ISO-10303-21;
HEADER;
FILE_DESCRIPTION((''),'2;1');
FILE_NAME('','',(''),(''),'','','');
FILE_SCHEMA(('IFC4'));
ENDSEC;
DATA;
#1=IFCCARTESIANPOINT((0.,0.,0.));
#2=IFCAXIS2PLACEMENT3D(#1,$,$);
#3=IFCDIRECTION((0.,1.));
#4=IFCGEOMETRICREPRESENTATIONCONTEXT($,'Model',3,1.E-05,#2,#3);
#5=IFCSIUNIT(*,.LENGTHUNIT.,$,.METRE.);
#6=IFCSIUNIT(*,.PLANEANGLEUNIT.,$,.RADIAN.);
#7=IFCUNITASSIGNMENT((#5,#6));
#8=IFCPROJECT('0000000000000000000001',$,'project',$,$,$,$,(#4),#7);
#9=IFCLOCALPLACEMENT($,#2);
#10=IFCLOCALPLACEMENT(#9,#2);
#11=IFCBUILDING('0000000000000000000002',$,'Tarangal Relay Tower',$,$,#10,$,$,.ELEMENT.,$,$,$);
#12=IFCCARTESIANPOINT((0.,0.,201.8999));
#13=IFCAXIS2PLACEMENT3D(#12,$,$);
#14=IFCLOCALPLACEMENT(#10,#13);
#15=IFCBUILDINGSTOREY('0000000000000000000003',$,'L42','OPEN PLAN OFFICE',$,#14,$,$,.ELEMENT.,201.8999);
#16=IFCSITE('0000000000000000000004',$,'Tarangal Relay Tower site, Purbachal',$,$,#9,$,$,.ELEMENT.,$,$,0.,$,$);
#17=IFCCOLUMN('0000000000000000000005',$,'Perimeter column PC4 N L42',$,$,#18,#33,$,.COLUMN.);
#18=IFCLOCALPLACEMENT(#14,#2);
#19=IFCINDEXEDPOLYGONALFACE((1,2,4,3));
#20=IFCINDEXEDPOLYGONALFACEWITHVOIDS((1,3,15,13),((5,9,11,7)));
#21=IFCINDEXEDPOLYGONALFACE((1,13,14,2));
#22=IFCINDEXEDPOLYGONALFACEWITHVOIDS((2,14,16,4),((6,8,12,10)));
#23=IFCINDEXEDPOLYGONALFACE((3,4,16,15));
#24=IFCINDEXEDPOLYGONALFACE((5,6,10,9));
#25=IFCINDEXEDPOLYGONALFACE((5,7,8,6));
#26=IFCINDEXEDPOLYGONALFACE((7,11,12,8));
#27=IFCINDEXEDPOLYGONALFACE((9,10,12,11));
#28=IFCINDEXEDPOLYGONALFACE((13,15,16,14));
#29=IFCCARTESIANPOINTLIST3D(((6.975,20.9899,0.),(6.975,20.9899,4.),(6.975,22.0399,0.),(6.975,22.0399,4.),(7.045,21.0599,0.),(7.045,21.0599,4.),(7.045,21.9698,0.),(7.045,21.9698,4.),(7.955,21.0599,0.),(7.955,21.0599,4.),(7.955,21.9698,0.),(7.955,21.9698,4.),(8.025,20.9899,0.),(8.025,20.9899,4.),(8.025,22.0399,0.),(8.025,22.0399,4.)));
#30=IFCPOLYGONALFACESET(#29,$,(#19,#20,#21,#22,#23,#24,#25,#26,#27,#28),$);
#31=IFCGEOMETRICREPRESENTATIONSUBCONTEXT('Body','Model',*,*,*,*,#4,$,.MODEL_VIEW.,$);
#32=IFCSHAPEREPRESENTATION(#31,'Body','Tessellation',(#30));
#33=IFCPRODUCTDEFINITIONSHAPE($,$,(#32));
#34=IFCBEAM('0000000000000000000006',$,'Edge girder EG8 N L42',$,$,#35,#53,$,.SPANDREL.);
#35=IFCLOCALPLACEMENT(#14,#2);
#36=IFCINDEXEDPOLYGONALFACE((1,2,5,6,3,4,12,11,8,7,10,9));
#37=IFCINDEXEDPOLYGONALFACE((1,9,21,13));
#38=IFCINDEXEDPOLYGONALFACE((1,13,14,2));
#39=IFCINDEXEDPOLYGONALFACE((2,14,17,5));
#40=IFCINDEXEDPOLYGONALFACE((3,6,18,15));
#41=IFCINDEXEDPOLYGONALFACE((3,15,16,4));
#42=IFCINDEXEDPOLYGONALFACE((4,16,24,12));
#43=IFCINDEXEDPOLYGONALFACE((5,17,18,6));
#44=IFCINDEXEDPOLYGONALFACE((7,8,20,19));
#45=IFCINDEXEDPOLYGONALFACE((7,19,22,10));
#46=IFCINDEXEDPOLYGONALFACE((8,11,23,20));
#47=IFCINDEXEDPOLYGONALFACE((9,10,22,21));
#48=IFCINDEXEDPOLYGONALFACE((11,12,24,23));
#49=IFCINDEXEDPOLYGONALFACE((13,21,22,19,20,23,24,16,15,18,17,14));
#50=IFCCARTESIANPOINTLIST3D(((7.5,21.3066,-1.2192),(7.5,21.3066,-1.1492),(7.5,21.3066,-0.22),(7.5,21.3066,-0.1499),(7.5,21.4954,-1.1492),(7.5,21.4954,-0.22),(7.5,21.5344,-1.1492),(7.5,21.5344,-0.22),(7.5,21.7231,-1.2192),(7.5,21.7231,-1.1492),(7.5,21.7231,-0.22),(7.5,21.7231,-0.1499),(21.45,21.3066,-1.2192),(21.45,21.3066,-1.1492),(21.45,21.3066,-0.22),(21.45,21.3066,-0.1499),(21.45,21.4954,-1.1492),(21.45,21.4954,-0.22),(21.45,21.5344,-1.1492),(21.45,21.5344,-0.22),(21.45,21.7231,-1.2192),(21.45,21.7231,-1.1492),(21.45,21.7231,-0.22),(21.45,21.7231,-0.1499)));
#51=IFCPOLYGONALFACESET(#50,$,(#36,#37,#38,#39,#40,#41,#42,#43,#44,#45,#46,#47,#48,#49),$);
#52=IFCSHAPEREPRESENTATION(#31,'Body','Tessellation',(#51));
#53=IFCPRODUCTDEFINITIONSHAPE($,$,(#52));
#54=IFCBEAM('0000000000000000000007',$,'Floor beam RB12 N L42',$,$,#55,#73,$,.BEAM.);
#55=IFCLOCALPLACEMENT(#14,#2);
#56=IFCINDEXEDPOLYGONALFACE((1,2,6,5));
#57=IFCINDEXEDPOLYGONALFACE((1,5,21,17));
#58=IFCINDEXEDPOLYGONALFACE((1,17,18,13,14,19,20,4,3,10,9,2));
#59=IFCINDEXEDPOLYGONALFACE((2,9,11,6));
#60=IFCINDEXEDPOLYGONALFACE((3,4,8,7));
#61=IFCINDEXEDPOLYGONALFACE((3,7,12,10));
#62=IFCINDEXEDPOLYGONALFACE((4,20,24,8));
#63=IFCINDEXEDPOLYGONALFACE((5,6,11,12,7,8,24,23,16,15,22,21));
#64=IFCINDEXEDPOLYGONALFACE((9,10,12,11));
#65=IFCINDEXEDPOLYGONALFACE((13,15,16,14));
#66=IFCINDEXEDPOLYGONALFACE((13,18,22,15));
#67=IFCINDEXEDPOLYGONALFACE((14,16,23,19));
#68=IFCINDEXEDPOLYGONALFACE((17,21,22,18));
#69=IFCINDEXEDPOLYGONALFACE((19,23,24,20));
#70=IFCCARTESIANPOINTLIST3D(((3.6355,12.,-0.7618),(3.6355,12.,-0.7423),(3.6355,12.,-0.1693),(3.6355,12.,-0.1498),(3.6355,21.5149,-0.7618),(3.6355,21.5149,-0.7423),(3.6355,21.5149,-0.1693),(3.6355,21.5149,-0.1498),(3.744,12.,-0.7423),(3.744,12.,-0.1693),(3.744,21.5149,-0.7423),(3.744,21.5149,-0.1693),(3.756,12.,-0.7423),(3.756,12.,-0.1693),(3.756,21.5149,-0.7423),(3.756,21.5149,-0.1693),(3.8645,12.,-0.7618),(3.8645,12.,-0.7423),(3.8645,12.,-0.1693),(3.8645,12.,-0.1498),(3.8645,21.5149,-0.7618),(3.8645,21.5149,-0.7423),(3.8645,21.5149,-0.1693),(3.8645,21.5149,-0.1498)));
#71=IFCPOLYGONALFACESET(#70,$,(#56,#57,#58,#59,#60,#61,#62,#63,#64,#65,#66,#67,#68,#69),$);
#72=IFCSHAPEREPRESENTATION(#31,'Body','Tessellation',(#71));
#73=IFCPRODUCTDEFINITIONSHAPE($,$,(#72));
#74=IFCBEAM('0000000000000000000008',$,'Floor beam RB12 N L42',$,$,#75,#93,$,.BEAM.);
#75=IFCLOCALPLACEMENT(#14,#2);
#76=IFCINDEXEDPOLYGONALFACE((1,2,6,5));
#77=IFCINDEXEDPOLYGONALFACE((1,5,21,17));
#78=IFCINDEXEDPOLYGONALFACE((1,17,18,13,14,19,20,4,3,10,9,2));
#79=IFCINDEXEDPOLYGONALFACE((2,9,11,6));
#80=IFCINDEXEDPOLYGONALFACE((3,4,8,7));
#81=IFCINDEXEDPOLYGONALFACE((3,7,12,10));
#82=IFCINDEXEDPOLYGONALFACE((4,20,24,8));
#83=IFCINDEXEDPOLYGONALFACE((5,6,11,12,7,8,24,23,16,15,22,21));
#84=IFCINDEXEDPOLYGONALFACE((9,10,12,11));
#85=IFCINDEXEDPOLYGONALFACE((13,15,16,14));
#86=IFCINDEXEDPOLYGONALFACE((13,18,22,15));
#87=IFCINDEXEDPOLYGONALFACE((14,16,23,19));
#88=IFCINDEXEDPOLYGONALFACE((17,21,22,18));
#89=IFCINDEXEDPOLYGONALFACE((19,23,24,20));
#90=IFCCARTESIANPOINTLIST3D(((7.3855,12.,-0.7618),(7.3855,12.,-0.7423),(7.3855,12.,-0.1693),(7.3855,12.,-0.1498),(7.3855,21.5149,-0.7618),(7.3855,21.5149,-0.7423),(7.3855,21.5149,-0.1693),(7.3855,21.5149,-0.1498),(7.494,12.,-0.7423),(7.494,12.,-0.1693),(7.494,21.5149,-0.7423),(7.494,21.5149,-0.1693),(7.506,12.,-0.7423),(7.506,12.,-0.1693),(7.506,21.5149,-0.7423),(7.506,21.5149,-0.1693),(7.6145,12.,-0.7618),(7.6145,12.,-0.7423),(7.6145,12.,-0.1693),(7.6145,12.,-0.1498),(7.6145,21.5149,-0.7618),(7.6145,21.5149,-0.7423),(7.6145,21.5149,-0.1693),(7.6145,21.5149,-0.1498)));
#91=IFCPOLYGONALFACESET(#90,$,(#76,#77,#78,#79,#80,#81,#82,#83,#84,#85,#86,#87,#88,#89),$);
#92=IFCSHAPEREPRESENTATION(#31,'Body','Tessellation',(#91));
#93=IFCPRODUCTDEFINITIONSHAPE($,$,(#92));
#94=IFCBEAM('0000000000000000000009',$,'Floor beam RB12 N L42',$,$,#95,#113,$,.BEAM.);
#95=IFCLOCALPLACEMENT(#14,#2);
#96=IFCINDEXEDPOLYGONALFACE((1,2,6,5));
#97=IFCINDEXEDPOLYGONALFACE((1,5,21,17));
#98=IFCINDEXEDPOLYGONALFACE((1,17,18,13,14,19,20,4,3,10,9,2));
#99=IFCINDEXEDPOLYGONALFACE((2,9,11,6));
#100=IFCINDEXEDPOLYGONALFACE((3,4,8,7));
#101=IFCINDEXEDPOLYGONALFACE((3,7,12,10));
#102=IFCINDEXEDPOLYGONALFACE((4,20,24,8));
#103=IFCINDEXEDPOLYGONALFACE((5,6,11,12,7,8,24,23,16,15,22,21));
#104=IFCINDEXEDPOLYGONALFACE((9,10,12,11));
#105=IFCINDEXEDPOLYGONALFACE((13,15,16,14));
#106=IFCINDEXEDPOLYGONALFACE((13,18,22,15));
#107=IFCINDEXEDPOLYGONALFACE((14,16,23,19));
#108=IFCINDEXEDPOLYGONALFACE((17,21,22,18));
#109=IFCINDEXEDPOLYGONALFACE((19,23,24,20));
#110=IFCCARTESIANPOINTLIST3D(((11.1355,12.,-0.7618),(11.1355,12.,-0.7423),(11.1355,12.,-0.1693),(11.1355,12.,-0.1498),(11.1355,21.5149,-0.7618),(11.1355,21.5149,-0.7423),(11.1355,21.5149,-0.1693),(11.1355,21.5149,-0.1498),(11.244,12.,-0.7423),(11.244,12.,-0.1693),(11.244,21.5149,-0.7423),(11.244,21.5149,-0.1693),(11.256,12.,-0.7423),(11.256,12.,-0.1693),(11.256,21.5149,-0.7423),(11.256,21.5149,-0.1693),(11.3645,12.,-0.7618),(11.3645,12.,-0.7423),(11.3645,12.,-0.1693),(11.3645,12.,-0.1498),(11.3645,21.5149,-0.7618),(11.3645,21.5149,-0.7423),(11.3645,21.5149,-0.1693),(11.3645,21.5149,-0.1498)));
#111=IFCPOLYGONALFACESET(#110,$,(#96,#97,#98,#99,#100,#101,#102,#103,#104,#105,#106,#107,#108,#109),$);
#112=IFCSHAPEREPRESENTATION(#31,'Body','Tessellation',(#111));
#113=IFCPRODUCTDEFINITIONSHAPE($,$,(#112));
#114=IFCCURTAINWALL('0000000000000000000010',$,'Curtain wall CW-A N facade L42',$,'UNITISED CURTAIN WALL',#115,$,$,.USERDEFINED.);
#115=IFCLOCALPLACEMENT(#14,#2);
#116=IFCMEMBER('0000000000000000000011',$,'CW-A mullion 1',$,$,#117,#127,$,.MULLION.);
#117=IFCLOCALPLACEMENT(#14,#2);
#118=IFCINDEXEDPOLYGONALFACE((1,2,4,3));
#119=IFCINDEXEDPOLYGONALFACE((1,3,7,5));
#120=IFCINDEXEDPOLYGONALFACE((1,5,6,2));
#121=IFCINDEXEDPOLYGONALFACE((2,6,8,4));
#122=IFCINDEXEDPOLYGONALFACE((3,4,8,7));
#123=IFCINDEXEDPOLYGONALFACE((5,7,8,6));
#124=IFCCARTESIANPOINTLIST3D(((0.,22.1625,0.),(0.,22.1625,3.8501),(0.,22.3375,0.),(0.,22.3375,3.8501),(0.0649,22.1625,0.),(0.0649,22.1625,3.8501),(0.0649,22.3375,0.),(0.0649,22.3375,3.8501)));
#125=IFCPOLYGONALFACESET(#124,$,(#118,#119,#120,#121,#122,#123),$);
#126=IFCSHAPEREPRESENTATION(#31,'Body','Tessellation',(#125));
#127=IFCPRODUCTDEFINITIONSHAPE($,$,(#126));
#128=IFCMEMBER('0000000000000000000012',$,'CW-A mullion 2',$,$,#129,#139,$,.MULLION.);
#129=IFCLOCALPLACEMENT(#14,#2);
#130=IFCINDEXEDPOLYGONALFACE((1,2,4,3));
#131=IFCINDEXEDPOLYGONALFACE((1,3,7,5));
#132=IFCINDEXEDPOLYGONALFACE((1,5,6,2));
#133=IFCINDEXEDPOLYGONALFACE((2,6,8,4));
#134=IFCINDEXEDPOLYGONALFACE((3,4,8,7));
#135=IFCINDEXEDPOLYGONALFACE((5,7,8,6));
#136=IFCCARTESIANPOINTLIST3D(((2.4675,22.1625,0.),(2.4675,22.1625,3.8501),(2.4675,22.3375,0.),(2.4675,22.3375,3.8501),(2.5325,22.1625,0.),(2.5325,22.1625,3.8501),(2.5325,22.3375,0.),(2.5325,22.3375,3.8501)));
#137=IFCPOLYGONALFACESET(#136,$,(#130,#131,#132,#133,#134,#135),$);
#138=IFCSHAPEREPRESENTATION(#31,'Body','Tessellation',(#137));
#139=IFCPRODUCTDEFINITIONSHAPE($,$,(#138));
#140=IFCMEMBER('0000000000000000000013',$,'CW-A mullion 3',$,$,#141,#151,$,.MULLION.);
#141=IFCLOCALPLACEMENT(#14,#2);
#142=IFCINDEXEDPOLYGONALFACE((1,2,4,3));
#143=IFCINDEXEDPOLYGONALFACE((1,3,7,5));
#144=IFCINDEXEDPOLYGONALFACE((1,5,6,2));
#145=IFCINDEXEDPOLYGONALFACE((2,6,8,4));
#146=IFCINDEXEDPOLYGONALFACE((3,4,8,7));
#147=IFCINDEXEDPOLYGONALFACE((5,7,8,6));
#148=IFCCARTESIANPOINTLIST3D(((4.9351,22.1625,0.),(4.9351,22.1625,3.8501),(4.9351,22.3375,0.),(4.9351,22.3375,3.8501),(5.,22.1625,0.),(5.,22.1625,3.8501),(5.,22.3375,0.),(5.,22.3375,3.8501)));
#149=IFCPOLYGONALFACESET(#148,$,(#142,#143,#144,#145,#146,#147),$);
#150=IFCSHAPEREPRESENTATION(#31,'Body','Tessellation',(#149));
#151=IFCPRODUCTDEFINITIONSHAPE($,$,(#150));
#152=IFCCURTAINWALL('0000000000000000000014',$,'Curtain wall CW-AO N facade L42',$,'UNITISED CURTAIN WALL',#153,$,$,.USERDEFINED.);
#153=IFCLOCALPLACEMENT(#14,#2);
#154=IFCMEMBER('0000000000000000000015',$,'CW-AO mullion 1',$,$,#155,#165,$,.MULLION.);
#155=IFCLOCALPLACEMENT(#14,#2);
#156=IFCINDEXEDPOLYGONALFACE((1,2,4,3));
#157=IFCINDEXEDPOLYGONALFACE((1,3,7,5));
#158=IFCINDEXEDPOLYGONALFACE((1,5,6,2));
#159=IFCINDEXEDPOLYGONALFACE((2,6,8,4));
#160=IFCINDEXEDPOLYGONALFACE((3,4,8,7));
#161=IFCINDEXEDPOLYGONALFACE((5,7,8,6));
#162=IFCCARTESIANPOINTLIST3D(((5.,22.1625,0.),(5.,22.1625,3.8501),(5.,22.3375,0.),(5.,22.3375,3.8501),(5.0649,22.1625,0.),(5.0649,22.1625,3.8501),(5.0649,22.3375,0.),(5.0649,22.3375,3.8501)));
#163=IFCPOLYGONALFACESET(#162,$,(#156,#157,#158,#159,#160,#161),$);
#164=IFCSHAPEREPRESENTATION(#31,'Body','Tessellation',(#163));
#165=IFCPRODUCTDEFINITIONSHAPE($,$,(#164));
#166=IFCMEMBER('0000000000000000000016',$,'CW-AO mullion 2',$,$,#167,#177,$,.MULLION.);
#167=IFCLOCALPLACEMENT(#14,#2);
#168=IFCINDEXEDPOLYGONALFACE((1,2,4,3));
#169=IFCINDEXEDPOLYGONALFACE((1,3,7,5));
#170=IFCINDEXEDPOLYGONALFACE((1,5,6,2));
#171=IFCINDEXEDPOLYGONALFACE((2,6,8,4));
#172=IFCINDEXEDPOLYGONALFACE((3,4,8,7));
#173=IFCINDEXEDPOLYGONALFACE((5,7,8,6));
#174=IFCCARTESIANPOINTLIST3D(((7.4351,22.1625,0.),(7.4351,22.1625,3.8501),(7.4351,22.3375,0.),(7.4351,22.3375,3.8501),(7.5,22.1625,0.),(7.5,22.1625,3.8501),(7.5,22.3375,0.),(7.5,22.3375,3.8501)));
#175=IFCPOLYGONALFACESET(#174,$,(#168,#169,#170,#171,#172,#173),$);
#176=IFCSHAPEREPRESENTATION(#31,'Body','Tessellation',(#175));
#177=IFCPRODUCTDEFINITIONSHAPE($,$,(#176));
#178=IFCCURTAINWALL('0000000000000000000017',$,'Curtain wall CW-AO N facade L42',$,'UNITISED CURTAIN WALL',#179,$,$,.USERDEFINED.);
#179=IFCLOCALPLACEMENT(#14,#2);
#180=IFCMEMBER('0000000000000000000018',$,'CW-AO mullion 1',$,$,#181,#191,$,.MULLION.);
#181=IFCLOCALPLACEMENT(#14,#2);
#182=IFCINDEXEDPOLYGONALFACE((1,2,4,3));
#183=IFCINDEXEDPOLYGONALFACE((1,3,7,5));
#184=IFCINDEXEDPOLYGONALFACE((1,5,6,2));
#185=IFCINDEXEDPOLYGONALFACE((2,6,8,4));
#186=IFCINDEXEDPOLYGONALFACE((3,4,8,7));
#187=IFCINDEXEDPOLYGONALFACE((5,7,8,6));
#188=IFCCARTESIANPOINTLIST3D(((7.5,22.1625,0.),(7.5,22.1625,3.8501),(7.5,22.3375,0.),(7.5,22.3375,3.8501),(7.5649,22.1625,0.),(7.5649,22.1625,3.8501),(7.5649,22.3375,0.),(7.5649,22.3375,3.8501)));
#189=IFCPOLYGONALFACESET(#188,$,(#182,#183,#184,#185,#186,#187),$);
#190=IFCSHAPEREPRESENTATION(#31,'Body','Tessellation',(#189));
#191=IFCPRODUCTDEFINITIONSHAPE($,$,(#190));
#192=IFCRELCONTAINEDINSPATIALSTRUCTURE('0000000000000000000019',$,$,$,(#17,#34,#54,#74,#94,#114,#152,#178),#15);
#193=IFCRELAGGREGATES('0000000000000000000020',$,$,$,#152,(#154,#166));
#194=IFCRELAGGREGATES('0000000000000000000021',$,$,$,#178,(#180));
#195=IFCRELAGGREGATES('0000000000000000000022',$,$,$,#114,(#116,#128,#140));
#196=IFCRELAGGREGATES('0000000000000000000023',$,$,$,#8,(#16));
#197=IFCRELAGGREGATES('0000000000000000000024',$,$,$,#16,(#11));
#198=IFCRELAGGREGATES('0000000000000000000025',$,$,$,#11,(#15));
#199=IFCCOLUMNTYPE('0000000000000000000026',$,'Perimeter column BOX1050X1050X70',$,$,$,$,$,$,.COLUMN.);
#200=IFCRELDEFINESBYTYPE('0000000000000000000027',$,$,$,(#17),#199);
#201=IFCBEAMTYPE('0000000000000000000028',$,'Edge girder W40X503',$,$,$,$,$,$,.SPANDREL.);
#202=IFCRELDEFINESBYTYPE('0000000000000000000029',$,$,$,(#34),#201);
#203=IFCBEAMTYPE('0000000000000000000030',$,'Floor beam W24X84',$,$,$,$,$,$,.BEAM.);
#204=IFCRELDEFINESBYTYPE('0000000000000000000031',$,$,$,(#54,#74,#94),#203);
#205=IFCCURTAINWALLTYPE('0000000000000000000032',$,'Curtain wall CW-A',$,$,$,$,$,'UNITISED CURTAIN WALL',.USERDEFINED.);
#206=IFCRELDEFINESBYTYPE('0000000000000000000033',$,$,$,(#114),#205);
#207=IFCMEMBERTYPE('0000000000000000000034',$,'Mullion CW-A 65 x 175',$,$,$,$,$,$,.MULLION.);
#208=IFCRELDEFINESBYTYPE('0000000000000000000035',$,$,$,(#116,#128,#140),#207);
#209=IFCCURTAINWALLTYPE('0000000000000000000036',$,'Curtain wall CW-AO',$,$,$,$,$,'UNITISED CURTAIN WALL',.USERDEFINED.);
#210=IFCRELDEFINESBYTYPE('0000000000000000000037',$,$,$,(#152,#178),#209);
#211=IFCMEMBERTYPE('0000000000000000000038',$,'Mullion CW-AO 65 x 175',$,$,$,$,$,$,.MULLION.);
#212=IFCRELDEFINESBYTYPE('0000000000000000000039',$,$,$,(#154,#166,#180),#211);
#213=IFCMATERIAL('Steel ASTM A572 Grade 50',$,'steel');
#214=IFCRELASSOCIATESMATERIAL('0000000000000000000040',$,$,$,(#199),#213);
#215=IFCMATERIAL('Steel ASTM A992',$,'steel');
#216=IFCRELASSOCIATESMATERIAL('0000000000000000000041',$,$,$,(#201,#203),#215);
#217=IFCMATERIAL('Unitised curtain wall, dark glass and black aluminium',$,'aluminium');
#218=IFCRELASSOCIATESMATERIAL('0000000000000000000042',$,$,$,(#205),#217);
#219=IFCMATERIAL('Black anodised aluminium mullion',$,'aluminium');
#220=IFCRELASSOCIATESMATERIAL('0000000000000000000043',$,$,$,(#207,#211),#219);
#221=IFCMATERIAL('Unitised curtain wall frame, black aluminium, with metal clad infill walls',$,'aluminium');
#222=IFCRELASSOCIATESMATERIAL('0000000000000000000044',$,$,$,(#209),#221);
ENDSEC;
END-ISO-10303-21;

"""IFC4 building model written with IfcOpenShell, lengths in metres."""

from ifc_helpers import new_model, si_unit, direction, frame, origin, origin_2d, place, context, subcontext, project, spatial, rectangle, hollow_rectangle, i_section, extrude, material, material_profile, profile_set, type_object, element, aggregate, save


model = new_model("IFC4")

# Units and contexts
model_context = context("Model", 3, precision=1e-05, world=origin(), true_north=direction((0.0, 1.0)))
body_context = subcontext(model_context, "Body", "Model", "MODEL_VIEW")
ifc_project = project(units=[si_unit("LENGTHUNIT", "METRE"), si_unit("PLANEANGLEUNIT", "RADIAN")], contexts=[model_context])

# Site, building, storey
site_placement = place(None, origin())
site = spatial("IfcSite", under=ifc_project, at=site_placement, Name="Tarangal Relay Tower site, Purbachal", CompositionType="ELEMENT", RefElevation=0.0)
building_placement = place(site_placement, origin())
building = spatial("IfcBuilding", under=site, at=building_placement, Name="Tarangal Relay Tower", CompositionType="ELEMENT")
storey_placement = place(building_placement, frame((0.0, 0.0, 201.8999)))
storey = spatial("IfcBuildingStorey", under=building, at=storey_placement, Name="L42", Description="OPEN PLAN OFFICE", CompositionType="ELEMENT", Elevation=201.8999)

# Column
ifc_material_1 = material(Name="Steel ASTM A572 Grade 50", Category="steel")
ifc_material_profile_1 = material_profile(ifc_material_1, hollow_rectangle(XDim=1.05, YDim=1.05, WallThickness=0.0701, at=origin_2d()), Name="BOX1050X1050X70")
ifc_profile_set_1 = profile_set([ifc_material_profile_1], Name="Steel ASTM A572 Grade 50")
column_type = type_object("IfcColumnType", Name="Perimeter column BOX1050X1050X70", PredefinedType="COLUMN", material=ifc_profile_set_1)
column_placement = place(storey_placement, frame((7.5, 21.5149, 0.0), z_axis=(0.0, 0.0, 1.0), x_axis=(1.0, 0.0, 0.0)))
element("IfcColumn", 1, at=column_placement, inside=storey, type_object=column_type, Name="Perimeter column PC4 N L42", PredefinedType="COLUMN", context=body_context, shape_type="SweptSolid", body=[
    extrude(hollow_rectangle(XDim=1.05, YDim=1.05, WallThickness=0.0701, at=origin_2d()), origin(), (0.0, 0.0, 1.0), 4.0),
])

# Beams
ifc_material_2 = material(Name="Steel ASTM A992", Category="steel")
ifc_material_profile_2 = material_profile(ifc_material_2, i_section(OverallWidth=0.4165, OverallDepth=1.0693, WebThickness=0.0391, FlangeThickness=0.0701, at=origin_2d()), Name="W40X503")
ifc_profile_set_2 = profile_set([ifc_material_profile_2], Name="Steel ASTM A992")
beam_type_1 = type_object("IfcBeamType", Name="Edge girder W40X503", PredefinedType="SPANDREL", material=ifc_profile_set_2)
beam_placement = place(storey_placement, frame((7.5, 21.5149, -0.6846), z_axis=(1.0, 0.0, 0.0), x_axis=(0.0, 1.0, 0.0)))
element("IfcBeam", 2, at=beam_placement, inside=storey, type_object=beam_type_1, Name="Edge girder EG8 N L42", PredefinedType="SPANDREL", context=body_context, shape_type="SweptSolid", body=[
    extrude(i_section(OverallWidth=0.4165, OverallDepth=1.0693, WebThickness=0.0391, FlangeThickness=0.0701, at=origin_2d()), origin(), (0.0, 0.0, 1.0), 13.95),
])
ifc_material_profile_3 = material_profile(ifc_material_2, i_section(OverallWidth=0.229, OverallDepth=0.6121, WebThickness=0.012, FlangeThickness=0.0195, at=origin_2d()), Name="W24X84")
ifc_profile_set_3 = profile_set([ifc_material_profile_3], Name="Steel ASTM A992")
beam_type_2 = type_object("IfcBeamType", Name="Floor beam W24X84", PredefinedType="BEAM", material=ifc_profile_set_3)
for number, where, z_axis, x_axis, name in (
    (3, (3.75, 12.0, -0.4558), (0.0, 1.0, 0.0), (-1.0, 0.0, 0.0), "Floor beam RB12 N L42"),
    (4, (7.5, 12.0, -0.4558), (0.0, 1.0, 0.0), (-1.0, 0.0, 0.0), "Floor beam RB12 N L42"),
    (5, (11.25, 12.0, -0.4558), (0.0, 1.0, 0.0), (-1.0, 0.0, 0.0), "Floor beam RB12 N L42"),
):
    element("IfcBeam", number, at=place(storey_placement, frame(where, z_axis=z_axis, x_axis=x_axis)), inside=storey, type_object=beam_type_2, Name=name, PredefinedType="BEAM", context=body_context, shape_type="SweptSolid", body=[
        extrude(i_section(OverallWidth=0.229, OverallDepth=0.6121, WebThickness=0.012, FlangeThickness=0.0195, at=origin_2d()), origin(), (0.0, 0.0, 1.0), 9.5149),
    ])

# Curtain walls, members
ifc_material_3 = material(Name="Unitised curtain wall, dark glass and black aluminium", Category="aluminium")
curtain_wall_type_1 = type_object("IfcCurtainWallType", Name="Curtain wall CW-A", ElementType="UNITISED CURTAIN WALL", PredefinedType="USERDEFINED", material=ifc_material_3)
curtain_wall_1_placement = place(storey_placement, origin())
curtain_wall_1 = element("IfcCurtainWall", 6, at=curtain_wall_1_placement, inside=storey, type_object=curtain_wall_type_1, Name="Curtain wall CW-A N facade L42", ObjectType="UNITISED CURTAIN WALL", PredefinedType="USERDEFINED")
ifc_material_4 = material(Name="Black anodised aluminium mullion", Category="aluminium")
ifc_material_profile_4 = material_profile(ifc_material_4, rectangle(XDim=0.175, YDim=0.0649, at=origin_2d()), Name="CW-AM 65X175")
ifc_profile_set_4 = profile_set([ifc_material_profile_4], Name="Black anodised aluminium mullion")
member_type_1 = type_object("IfcMemberType", Name="Mullion CW-A 65 x 175", PredefinedType="MULLION", material=ifc_profile_set_4)
member_1_placement = place(storey_placement, frame((0.0325, 22.25, 0.0), z_axis=(0.0, 0.0, 1.0), x_axis=(0.0, 1.0, 0.0)))
member_1 = element("IfcMember", 7, at=member_1_placement, type_object=member_type_1, Name="CW-A mullion 1", PredefinedType="MULLION", context=body_context, shape_type="SweptSolid", body=[
    extrude(rectangle(XDim=0.175, YDim=0.0649, at=origin_2d()), origin(), (0.0, 0.0, 1.0), 3.8501),
])
member_2_placement = place(storey_placement, frame((2.5, 22.25, 0.0), z_axis=(0.0, 0.0, 1.0), x_axis=(0.0, 1.0, 0.0)))
member_2 = element("IfcMember", 8, at=member_2_placement, type_object=member_type_1, Name="CW-A mullion 2", PredefinedType="MULLION", context=body_context, shape_type="SweptSolid", body=[
    extrude(rectangle(XDim=0.175, YDim=0.0649, at=origin_2d()), origin(), (0.0, 0.0, 1.0), 3.8501),
])
member_3_placement = place(storey_placement, frame((4.9675, 22.25, 0.0), z_axis=(0.0, 0.0, 1.0), x_axis=(0.0, 1.0, 0.0)))
member_3 = element("IfcMember", 9, at=member_3_placement, type_object=member_type_1, Name="CW-A mullion 3", PredefinedType="MULLION", context=body_context, shape_type="SweptSolid", body=[
    extrude(rectangle(XDim=0.175, YDim=0.0649, at=origin_2d()), origin(), (0.0, 0.0, 1.0), 3.8501),
])
ifc_material_5 = material(Name="Unitised curtain wall frame, black aluminium, with metal clad infill walls", Category="aluminium")
curtain_wall_type_2 = type_object("IfcCurtainWallType", Name="Curtain wall CW-AO", ElementType="UNITISED CURTAIN WALL", PredefinedType="USERDEFINED", material=ifc_material_5)
curtain_wall_2_placement = place(storey_placement, origin())
curtain_wall_2 = element("IfcCurtainWall", 10, at=curtain_wall_2_placement, inside=storey, type_object=curtain_wall_type_2, Name="Curtain wall CW-AO N facade L42", ObjectType="UNITISED CURTAIN WALL", PredefinedType="USERDEFINED")
ifc_material_profile_5 = material_profile(ifc_material_4, rectangle(XDim=0.175, YDim=0.0649, at=origin_2d()), Name="CW-AOM 65X175")
ifc_profile_set_5 = profile_set([ifc_material_profile_5], Name="Black anodised aluminium mullion")
member_type_2 = type_object("IfcMemberType", Name="Mullion CW-AO 65 x 175", PredefinedType="MULLION", material=ifc_profile_set_5)
member_4_placement = place(storey_placement, frame((5.0325, 22.25, 0.0), z_axis=(0.0, 0.0, 1.0), x_axis=(0.0, 1.0, 0.0)))
member_4 = element("IfcMember", 11, at=member_4_placement, type_object=member_type_2, Name="CW-AO mullion 1", PredefinedType="MULLION", context=body_context, shape_type="SweptSolid", body=[
    extrude(rectangle(XDim=0.175, YDim=0.0649, at=origin_2d()), origin(), (0.0, 0.0, 1.0), 3.8501),
])
member_5_placement = place(storey_placement, frame((7.4675, 22.25, 0.0), z_axis=(0.0, 0.0, 1.0), x_axis=(0.0, 1.0, 0.0)))
member_5 = element("IfcMember", 12, at=member_5_placement, type_object=member_type_2, Name="CW-AO mullion 2", PredefinedType="MULLION", context=body_context, shape_type="SweptSolid", body=[
    extrude(rectangle(XDim=0.175, YDim=0.0649, at=origin_2d()), origin(), (0.0, 0.0, 1.0), 3.8501),
])
curtain_wall_3_placement = place(storey_placement, origin())
curtain_wall_3 = element("IfcCurtainWall", 13, at=curtain_wall_3_placement, inside=storey, type_object=curtain_wall_type_2, Name="Curtain wall CW-AO N facade L42", ObjectType="UNITISED CURTAIN WALL", PredefinedType="USERDEFINED")
member_6_placement = place(storey_placement, frame((7.5325, 22.25, 0.0), z_axis=(0.0, 0.0, 1.0), x_axis=(0.0, 1.0, 0.0)))
member_6 = element("IfcMember", 14, at=member_6_placement, type_object=member_type_2, Name="CW-AO mullion 1", PredefinedType="MULLION", context=body_context, shape_type="SweptSolid", body=[
    extrude(rectangle(XDim=0.175, YDim=0.0649, at=origin_2d()), origin(), (0.0, 0.0, 1.0), 3.8501),
])

aggregate(curtain_wall_2, [member_4, member_5])
aggregate(curtain_wall_3, [member_6])

aggregate(curtain_wall_1, [member_1, member_2, member_3])

save(model, "model.ifc")
